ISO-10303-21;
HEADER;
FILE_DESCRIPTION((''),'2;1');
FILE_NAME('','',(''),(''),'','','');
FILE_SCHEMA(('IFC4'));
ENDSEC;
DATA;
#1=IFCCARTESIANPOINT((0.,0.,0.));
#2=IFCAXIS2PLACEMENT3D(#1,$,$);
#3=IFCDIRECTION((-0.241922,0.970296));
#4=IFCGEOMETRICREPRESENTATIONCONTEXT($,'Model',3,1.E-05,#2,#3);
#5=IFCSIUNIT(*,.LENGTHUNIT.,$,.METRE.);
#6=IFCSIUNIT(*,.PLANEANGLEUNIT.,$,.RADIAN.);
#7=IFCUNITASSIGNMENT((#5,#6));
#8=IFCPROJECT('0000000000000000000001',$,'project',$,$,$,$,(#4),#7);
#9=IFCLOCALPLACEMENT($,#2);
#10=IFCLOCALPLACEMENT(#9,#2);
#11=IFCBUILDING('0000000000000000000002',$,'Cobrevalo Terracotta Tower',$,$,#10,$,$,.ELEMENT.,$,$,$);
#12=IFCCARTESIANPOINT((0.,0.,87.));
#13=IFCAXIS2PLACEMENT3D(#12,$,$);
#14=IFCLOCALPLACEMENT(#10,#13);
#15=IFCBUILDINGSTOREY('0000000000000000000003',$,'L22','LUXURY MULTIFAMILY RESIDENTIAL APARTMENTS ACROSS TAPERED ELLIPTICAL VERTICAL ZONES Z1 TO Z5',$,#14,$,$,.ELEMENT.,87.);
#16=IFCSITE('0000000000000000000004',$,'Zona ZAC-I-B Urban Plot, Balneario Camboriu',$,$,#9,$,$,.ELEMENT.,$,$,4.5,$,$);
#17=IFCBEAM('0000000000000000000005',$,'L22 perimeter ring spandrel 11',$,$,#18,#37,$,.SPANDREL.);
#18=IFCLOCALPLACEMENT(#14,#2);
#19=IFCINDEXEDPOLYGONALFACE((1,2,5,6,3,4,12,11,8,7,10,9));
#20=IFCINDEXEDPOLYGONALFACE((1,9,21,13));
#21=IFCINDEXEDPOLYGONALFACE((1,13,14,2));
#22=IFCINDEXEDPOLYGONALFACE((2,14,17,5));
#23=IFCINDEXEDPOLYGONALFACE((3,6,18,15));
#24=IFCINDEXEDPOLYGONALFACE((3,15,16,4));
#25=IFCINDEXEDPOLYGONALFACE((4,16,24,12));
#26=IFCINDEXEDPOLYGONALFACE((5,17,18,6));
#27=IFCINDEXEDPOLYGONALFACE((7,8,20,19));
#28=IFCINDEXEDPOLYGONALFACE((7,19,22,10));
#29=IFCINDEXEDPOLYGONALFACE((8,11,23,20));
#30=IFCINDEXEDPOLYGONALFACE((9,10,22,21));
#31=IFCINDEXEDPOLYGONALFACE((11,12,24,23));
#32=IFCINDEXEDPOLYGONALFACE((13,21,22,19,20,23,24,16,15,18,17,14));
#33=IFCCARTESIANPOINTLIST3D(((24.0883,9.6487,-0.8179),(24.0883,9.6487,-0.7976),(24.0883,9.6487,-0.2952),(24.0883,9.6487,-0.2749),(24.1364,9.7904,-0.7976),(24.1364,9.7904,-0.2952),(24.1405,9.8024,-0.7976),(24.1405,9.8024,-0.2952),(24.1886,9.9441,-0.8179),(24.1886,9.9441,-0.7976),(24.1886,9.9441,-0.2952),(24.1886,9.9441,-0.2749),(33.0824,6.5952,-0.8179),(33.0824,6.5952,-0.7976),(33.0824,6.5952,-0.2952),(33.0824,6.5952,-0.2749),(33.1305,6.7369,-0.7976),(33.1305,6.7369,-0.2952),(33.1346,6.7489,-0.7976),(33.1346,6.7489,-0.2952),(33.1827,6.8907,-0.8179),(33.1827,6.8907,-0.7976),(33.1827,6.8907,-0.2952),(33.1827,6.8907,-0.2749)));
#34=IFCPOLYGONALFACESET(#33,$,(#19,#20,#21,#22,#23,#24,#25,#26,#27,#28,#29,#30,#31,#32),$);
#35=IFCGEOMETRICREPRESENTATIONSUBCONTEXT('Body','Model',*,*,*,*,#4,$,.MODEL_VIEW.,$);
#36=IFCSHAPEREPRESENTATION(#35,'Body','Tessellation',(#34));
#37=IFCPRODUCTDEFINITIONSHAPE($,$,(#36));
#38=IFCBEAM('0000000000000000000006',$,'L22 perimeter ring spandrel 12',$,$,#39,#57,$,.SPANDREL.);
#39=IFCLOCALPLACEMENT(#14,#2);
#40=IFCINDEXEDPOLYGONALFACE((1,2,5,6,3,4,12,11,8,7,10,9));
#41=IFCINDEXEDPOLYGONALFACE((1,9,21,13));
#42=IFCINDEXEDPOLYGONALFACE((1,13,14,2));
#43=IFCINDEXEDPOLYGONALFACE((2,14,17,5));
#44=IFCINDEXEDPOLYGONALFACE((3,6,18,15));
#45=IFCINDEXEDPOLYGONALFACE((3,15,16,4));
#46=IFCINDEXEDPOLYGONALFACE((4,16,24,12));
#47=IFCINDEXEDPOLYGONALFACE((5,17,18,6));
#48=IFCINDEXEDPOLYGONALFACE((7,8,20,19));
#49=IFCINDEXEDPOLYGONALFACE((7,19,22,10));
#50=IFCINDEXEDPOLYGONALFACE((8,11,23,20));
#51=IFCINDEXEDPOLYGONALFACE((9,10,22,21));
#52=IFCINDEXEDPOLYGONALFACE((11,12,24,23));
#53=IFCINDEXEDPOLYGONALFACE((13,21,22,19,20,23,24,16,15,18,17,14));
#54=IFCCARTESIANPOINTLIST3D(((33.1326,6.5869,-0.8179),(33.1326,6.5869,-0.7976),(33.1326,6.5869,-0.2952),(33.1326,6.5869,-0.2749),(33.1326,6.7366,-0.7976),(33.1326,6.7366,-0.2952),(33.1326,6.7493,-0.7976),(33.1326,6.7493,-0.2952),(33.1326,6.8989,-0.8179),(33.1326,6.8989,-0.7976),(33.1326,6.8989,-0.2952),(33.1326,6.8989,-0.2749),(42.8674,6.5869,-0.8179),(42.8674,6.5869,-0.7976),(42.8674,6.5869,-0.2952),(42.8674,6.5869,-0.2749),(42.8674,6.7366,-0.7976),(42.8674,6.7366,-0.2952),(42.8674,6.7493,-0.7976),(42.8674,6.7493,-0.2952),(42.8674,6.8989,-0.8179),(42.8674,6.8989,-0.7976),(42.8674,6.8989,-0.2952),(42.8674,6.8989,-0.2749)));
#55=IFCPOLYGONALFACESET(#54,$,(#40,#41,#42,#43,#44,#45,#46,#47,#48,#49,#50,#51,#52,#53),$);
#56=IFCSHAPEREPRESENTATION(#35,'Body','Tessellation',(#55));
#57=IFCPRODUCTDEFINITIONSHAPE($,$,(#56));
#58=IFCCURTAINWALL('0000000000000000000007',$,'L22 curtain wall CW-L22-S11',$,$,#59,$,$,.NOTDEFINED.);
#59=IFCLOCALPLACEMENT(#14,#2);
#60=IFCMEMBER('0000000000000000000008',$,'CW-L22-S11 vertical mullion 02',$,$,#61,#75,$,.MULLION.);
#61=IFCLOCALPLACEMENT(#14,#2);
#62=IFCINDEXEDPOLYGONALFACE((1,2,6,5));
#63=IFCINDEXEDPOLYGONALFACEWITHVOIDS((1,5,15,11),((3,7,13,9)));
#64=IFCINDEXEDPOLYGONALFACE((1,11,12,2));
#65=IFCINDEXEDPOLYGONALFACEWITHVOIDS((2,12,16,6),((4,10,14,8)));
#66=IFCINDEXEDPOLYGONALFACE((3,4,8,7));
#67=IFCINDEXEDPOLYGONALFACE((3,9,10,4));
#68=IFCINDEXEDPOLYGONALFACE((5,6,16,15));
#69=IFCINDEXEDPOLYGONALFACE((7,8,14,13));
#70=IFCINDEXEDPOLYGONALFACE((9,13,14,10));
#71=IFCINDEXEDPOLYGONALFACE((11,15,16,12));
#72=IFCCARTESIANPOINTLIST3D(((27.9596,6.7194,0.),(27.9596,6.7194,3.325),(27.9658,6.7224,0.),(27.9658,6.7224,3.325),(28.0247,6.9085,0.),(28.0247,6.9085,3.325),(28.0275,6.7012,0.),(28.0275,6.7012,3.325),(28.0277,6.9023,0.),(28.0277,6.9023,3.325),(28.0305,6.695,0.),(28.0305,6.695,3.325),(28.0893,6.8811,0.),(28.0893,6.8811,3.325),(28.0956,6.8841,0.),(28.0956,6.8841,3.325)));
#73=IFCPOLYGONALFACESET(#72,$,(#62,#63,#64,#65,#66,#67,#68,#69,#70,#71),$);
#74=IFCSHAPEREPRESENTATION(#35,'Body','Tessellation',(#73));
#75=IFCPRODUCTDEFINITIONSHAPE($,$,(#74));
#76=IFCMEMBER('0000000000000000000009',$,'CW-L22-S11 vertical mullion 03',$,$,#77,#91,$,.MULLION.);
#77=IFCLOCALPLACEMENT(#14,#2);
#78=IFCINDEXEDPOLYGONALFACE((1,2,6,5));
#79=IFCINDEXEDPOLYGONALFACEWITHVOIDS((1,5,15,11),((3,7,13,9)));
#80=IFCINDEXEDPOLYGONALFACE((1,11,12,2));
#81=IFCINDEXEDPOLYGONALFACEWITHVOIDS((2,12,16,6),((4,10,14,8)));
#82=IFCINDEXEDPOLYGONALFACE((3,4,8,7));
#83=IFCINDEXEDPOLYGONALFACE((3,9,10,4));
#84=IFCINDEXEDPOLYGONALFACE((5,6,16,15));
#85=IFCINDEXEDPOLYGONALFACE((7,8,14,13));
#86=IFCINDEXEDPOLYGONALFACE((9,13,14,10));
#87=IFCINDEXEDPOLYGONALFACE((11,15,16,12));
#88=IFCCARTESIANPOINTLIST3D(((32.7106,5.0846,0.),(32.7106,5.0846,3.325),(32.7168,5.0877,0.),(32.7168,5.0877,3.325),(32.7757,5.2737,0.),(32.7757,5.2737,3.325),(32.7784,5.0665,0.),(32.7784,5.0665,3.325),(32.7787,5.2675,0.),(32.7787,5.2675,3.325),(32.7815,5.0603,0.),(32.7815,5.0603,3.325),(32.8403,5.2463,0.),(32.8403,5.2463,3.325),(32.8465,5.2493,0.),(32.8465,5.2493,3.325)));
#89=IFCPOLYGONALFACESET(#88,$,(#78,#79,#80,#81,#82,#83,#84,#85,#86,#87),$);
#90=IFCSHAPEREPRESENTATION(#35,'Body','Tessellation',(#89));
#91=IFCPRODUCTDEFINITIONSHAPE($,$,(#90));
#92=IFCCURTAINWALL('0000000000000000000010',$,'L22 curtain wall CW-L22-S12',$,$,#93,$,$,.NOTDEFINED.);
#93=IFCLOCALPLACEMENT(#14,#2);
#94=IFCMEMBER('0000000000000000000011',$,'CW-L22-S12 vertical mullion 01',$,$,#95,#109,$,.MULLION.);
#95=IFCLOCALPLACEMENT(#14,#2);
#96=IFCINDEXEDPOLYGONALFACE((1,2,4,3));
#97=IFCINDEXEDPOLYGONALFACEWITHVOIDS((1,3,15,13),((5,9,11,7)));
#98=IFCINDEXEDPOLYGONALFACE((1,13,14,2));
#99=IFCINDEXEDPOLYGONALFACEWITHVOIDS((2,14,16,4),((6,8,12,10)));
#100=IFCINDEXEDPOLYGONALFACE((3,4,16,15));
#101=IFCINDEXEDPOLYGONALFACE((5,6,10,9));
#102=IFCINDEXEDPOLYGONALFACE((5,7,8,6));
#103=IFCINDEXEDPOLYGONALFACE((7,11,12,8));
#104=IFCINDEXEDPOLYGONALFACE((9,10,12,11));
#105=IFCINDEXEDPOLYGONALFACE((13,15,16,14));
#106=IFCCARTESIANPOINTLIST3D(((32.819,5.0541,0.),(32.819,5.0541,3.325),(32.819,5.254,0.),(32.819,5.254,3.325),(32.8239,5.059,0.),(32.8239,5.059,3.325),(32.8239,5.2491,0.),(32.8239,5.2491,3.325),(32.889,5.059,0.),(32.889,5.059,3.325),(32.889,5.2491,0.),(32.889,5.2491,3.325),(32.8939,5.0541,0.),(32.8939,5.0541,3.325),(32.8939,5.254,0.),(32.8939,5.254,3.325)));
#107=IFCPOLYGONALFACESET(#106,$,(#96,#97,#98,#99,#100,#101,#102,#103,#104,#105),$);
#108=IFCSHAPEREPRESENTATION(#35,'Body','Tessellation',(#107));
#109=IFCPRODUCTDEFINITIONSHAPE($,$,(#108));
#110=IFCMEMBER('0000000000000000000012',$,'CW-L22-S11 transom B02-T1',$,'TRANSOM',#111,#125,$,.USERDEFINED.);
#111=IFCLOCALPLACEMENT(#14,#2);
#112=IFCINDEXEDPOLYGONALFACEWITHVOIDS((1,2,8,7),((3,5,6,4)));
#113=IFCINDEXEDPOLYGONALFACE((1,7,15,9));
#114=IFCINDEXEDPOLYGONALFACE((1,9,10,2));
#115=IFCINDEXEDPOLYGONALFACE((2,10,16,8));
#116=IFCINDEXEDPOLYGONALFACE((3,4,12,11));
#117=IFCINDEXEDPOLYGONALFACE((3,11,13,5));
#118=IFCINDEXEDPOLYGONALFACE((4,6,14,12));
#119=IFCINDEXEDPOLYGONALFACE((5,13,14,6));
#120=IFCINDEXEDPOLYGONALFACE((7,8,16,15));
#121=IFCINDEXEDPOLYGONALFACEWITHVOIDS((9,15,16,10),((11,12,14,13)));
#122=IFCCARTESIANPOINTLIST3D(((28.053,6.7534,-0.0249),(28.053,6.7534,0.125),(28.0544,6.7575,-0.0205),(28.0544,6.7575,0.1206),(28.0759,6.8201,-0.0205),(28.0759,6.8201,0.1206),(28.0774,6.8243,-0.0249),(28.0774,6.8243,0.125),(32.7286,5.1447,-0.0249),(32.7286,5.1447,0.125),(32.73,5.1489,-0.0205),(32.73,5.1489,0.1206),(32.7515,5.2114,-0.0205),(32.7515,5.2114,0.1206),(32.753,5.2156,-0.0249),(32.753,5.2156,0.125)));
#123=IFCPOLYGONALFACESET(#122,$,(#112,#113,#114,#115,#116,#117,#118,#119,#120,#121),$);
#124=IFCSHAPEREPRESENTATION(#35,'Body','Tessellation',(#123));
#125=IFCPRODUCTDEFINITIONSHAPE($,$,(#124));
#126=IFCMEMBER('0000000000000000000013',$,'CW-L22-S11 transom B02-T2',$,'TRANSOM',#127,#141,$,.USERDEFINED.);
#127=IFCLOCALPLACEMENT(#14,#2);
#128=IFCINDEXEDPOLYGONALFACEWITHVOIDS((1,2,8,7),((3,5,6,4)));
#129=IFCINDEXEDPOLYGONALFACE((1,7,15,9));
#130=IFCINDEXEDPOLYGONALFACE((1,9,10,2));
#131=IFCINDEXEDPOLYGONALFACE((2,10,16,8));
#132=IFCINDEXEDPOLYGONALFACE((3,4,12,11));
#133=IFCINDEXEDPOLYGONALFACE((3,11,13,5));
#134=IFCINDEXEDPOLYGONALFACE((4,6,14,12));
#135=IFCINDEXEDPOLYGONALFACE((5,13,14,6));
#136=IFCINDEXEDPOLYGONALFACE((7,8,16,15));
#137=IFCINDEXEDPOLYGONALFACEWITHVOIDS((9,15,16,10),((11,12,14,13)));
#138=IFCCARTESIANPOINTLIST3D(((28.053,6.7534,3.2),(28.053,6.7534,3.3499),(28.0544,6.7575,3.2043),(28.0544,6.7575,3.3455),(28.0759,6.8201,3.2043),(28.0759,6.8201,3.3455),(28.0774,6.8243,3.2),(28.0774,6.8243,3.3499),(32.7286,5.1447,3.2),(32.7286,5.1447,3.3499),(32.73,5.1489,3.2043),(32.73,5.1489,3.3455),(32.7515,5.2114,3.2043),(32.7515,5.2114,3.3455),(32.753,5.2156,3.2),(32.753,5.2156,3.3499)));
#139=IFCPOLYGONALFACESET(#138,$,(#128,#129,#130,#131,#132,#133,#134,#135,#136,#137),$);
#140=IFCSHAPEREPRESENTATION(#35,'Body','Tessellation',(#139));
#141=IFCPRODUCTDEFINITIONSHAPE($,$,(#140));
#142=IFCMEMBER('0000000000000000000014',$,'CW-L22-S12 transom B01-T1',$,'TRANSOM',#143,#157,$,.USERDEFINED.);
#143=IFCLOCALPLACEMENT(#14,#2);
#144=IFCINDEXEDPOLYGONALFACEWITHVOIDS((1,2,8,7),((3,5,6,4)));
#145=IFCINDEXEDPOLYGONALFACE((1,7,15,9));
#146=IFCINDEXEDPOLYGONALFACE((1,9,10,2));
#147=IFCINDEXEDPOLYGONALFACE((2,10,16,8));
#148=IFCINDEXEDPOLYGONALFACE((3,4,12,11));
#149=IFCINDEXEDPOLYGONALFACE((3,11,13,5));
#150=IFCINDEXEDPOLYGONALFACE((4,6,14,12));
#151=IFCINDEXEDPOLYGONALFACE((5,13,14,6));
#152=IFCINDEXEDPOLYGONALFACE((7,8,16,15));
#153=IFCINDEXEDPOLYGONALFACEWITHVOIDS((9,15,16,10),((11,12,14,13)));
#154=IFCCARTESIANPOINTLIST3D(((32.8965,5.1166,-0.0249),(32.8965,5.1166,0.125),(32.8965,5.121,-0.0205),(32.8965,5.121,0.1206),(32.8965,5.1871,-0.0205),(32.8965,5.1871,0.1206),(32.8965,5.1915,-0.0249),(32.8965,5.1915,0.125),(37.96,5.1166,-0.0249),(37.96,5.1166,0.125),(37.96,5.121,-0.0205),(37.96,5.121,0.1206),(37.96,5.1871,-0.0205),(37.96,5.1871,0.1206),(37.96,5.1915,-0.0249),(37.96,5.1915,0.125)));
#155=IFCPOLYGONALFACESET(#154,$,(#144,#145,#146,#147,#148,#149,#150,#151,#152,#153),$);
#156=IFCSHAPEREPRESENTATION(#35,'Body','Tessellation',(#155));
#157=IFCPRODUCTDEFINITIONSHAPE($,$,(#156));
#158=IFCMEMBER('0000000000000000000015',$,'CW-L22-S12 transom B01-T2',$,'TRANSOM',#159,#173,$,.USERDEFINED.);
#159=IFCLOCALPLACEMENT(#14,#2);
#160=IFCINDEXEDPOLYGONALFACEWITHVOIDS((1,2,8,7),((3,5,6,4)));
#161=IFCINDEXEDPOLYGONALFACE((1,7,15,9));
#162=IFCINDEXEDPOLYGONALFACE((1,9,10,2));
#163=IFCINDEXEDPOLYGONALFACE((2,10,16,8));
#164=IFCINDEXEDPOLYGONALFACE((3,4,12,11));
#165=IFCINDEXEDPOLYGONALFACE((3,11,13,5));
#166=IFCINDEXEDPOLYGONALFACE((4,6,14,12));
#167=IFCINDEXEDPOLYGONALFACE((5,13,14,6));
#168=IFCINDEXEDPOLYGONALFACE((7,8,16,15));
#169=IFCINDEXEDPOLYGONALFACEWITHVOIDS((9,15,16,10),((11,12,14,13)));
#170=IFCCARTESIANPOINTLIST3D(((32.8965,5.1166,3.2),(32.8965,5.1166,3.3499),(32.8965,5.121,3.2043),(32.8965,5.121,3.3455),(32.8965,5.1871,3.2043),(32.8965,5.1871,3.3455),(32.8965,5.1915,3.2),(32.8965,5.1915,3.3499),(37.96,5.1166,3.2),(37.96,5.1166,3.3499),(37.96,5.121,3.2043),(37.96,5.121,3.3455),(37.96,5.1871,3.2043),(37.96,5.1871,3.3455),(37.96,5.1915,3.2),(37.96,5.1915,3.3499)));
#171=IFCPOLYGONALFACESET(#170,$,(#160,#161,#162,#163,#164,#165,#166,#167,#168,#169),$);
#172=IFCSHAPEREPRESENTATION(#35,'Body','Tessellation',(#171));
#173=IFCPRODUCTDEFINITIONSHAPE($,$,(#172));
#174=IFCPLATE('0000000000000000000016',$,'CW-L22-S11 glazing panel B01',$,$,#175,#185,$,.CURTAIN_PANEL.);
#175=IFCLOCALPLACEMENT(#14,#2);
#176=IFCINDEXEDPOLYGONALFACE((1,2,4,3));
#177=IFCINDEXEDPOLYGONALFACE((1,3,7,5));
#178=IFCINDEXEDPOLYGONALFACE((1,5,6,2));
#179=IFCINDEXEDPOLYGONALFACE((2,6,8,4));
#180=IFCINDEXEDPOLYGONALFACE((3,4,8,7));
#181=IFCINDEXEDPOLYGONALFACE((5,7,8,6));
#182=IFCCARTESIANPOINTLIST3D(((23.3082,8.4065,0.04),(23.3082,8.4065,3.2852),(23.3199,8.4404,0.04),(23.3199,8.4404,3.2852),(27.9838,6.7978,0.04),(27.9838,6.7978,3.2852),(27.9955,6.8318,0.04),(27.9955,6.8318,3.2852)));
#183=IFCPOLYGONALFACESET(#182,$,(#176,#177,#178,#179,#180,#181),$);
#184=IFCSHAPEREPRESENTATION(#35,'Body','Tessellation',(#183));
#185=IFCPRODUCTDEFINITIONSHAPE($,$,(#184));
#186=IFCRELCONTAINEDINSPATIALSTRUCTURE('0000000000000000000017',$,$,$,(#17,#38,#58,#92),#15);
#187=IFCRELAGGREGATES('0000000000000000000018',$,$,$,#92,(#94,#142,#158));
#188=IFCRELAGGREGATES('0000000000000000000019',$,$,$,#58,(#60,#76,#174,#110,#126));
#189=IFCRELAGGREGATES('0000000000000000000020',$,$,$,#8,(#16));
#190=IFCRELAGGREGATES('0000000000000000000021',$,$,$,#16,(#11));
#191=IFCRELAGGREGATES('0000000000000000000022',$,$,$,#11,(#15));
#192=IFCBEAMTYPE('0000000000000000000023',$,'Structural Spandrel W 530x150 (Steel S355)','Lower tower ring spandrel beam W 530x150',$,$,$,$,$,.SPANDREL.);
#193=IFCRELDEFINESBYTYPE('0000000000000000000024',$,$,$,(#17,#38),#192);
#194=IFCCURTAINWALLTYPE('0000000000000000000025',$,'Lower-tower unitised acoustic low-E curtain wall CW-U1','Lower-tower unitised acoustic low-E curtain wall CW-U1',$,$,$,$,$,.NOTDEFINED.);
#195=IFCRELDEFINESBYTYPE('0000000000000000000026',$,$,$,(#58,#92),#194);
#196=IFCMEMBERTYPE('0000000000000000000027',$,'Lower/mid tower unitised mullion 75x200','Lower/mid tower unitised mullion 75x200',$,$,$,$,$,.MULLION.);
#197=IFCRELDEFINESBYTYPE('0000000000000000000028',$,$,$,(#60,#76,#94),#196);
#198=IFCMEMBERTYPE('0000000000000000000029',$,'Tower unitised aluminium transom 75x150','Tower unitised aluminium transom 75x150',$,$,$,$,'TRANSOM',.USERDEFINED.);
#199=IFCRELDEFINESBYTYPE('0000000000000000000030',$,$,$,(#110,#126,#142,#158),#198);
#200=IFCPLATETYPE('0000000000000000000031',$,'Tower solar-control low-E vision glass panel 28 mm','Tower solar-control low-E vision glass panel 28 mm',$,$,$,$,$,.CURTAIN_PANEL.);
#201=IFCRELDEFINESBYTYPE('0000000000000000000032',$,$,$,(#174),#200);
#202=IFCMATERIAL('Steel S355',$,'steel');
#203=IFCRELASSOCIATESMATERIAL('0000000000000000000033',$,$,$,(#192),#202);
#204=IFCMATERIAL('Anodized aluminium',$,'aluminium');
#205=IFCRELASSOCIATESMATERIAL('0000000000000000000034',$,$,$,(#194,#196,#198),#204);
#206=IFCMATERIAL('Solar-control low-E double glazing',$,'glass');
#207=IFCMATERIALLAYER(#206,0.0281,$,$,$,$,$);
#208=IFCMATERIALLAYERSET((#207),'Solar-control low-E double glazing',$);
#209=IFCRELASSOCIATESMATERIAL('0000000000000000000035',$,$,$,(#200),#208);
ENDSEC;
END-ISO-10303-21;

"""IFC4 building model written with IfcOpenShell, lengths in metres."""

from ifc_helpers import new_model, si_unit, direction, frame, origin, origin_2d, place, context, subcontext, project, spatial, rectangle, hollow_rectangle, i_section, extrude, source, transform, mapped, material, layer, layer_set, material_profile, profile_set, type_object, element, aggregate, save


model = new_model("IFC4")

# Units and contexts
model_context = context("Model", 3, precision=1e-05, world=origin(), true_north=direction((-0.241922, 0.970296)))
body_context = subcontext(model_context, "Body", "Model", "MODEL_VIEW")
ifc_project = project(units=[si_unit("LENGTHUNIT", "METRE"), si_unit("PLANEANGLEUNIT", "RADIAN")], contexts=[model_context])

# Site, building, storey
site_placement = place(None, origin())
site = spatial("IfcSite", under=ifc_project, at=site_placement, Name="Zona ZAC-I-B Urban Plot, Balneario Camboriu", CompositionType="ELEMENT", RefElevation=4.5)
building_placement = place(site_placement, origin())
building = spatial("IfcBuilding", under=site, at=building_placement, Name="Cobrevalo Terracotta Tower", CompositionType="ELEMENT")
storey_placement = place(building_placement, frame((0.0, 0.0, 87.0)))
storey = spatial("IfcBuildingStorey", under=building, at=storey_placement, Name="L22", Description="LUXURY MULTIFAMILY RESIDENTIAL APARTMENTS ACROSS TAPERED ELLIPTICAL VERTICAL ZONES Z1 TO Z5", CompositionType="ELEMENT", Elevation=87.0)

# Shared definitions
ifc_material_1 = material(Name="Steel S355", Category="steel")

# Beams
ifc_material_profile_1 = material_profile(ifc_material_1, i_section(OverallWidth=0.312, OverallDepth=0.543, WebThickness=0.0127, FlangeThickness=0.0203, at=origin_2d()), Name="W 530x150")
ifc_profile_set_1 = profile_set([ifc_material_profile_1], Name="Steel S355")
beam_type_1 = type_object("IfcBeamType", Name="Structural Spandrel W 530x150 (Steel S355)", Description="Lower tower ring spandrel beam W 530x150", PredefinedType="SPANDREL", material=ifc_profile_set_1)
beam_1_placement = place(storey_placement, frame((24.1384, 9.7964, -0.5464), z_axis=(0.946918, -0.321474, 0.0), x_axis=(0.321474, 0.946918, 0.0)))
element("IfcBeam", 1, at=beam_1_placement, inside=storey, type_object=beam_type_1, Name="L22 perimeter ring spandrel 11", PredefinedType="SPANDREL", context=body_context, shape_type="SweptSolid", body=[
    extrude(i_section(OverallWidth=0.312, OverallDepth=0.543, WebThickness=0.0127, FlangeThickness=0.0203, at=origin_2d()), origin(), (0.0, 0.0, 1.0), 9.4983),
])
beam_2_placement = place(storey_placement, frame((33.1326, 6.7429, -0.5464), z_axis=(1.0, 0.0, 0.0), x_axis=(0.0, 1.0, 0.0)))
element("IfcBeam", 2, at=beam_2_placement, inside=storey, type_object=beam_type_1, Name="L22 perimeter ring spandrel 12", PredefinedType="SPANDREL", context=body_context, shape_type="SweptSolid", body=[
    extrude(i_section(OverallWidth=0.312, OverallDepth=0.543, WebThickness=0.0127, FlangeThickness=0.0203, at=origin_2d()), origin(), (0.0, 0.0, 1.0), 9.7349),
])

# Curtain wall, members
ifc_material_2 = material(Name="Anodized aluminium", Category="aluminium")
curtain_wall_type = type_object("IfcCurtainWallType", Name="Lower-tower unitised acoustic low-E curtain wall CW-U1", Description="Lower-tower unitised acoustic low-E curtain wall CW-U1", PredefinedType="NOTDEFINED", material=ifc_material_2)
curtain_wall_1_placement = place(storey_placement, origin())
curtain_wall_1 = element("IfcCurtainWall", 3, at=curtain_wall_1_placement, inside=storey, type_object=curtain_wall_type, Name="L22 curtain wall CW-L22-S11", PredefinedType="NOTDEFINED")
ifc_material_profile_2 = material_profile(ifc_material_2, hollow_rectangle(XDim=0.075, YDim=0.2, WallThickness=0.0049, at=origin_2d()), Name="CWM 75x200")
ifc_profile_set_2 = profile_set([ifc_material_profile_2], Name="Anodized aluminium")
member_type_1 = type_object("IfcMemberType", Name="Lower/mid tower unitised mullion 75x200", Description="Lower/mid tower unitised mullion 75x200", PredefinedType="MULLION", material=ifc_profile_set_2)
shared_shape_1 = source(origin(), body_context, "Body", "SweptSolid", [
    extrude(hollow_rectangle(XDim=0.075, YDim=0.2, WallThickness=0.0049, at=origin_2d()), origin(), (0.0, 0.0, 1.0), 3.325),
])
member_1_placement = place(storey_placement, frame((28.0276, 6.8018, 0.0), z_axis=(0.0, 0.0, 1.0), x_axis=(0.945598, -0.325337, 0.0)))
member_1 = element("IfcMember", 4, at=member_1_placement, type_object=member_type_1, Name="CW-L22-S11 vertical mullion 02", PredefinedType="MULLION", context=body_context, shape_type="MappedRepresentation", body=[
    mapped(shared_shape_1, transform((0.0, 0.0, 0.0), scale=1.0)),
])
member_2_placement = place(storey_placement, frame((32.7786, 5.167, 0.0), z_axis=(0.0, 0.0, 1.0), x_axis=(0.945598, -0.325337, 0.0)))
member_2 = element("IfcMember", 5, at=member_2_placement, type_object=member_type_1, Name="CW-L22-S11 vertical mullion 03", PredefinedType="MULLION", context=body_context, shape_type="MappedRepresentation", body=[
    mapped(shared_shape_1, transform((0.0, 0.0, 0.0), scale=1.0)),
])

# Curtain wall, member
curtain_wall_2_placement = place(storey_placement, origin())
curtain_wall_2 = element("IfcCurtainWall", 6, at=curtain_wall_2_placement, inside=storey, type_object=curtain_wall_type, Name="L22 curtain wall CW-L22-S12", PredefinedType="NOTDEFINED")
member_3_placement = place(storey_placement, frame((32.8564, 5.1541, 0.0), z_axis=(0.0, 0.0, 1.0), x_axis=(1.0, 0.0, 0.0)))
member_3 = element("IfcMember", 7, at=member_3_placement, type_object=member_type_1, Name="CW-L22-S12 vertical mullion 01", PredefinedType="MULLION", context=body_context, shape_type="MappedRepresentation", body=[
    mapped(shared_shape_1, transform((0.0, 0.0, 0.0), scale=1.0)),
])

# Members
ifc_material_profile_3 = material_profile(ifc_material_2, hollow_rectangle(XDim=0.075, YDim=0.1499, WallThickness=0.0044, at=origin_2d()), Name="CWT 75x150")
ifc_profile_set_3 = profile_set([ifc_material_profile_3], Name="Anodized aluminium")
member_type_2 = type_object("IfcMemberType", Name="Tower unitised aluminium transom 75x150", Description="Tower unitised aluminium transom 75x150", ElementType="TRANSOM", PredefinedType="USERDEFINED", material=ifc_profile_set_3)
shared_shape_2 = source(origin(), body_context, "Body", "SweptSolid", [
    extrude(hollow_rectangle(XDim=0.075, YDim=0.1499, WallThickness=0.0044, at=origin_2d()), origin(), (0.0, 0.0, 1.0), 4.9446),
])
member_4_placement = place(storey_placement, frame((28.0652, 6.7888, 0.05), z_axis=(0.945598, -0.325338, 0.0), x_axis=(0.325338, 0.945598, 0.0)))
member_4 = element("IfcMember", 8, at=member_4_placement, type_object=member_type_2, Name="CW-L22-S11 transom B02-T1", ObjectType="TRANSOM", PredefinedType="USERDEFINED", context=body_context, shape_type="MappedRepresentation", body=[
    mapped(shared_shape_2, transform((0.0, 0.0, 0.0), scale=1.0)),
])
member_5_placement = place(storey_placement, frame((28.0652, 6.7888, 3.2749), z_axis=(0.945598, -0.325338, 0.0), x_axis=(0.325338, 0.945598, 0.0)))
member_5 = element("IfcMember", 9, at=member_5_placement, type_object=member_type_2, Name="CW-L22-S11 transom B02-T2", ObjectType="TRANSOM", PredefinedType="USERDEFINED", context=body_context, shape_type="MappedRepresentation", body=[
    mapped(shared_shape_2, transform((0.0, 0.0, 0.0), scale=1.0)),
])
shared_shape_3 = source(origin(), body_context, "Body", "SweptSolid", [
    extrude(hollow_rectangle(XDim=0.075, YDim=0.1499, WallThickness=0.0044, at=origin_2d()), origin(), (0.0, 0.0, 1.0), 5.0635),
])
member_6_placement = place(storey_placement, frame((32.8965, 5.1541, 0.05), z_axis=(1.0, 0.0, 0.0), x_axis=(0.0, 1.0, 0.0)))
member_6 = element("IfcMember", 10, at=member_6_placement, type_object=member_type_2, Name="CW-L22-S12 transom B01-T1", ObjectType="TRANSOM", PredefinedType="USERDEFINED", context=body_context, shape_type="MappedRepresentation", body=[
    mapped(shared_shape_3, transform((0.0, 0.0, 0.0), scale=1.0)),
])
member_7_placement = place(storey_placement, frame((32.8965, 5.1541, 3.2749), z_axis=(1.0, 0.0, 0.0), x_axis=(0.0, 1.0, 0.0)))
member_7 = element("IfcMember", 11, at=member_7_placement, type_object=member_type_2, Name="CW-L22-S12 transom B01-T2", ObjectType="TRANSOM", PredefinedType="USERDEFINED", context=body_context, shape_type="MappedRepresentation", body=[
    mapped(shared_shape_3, transform((0.0, 0.0, 0.0), scale=1.0)),
])
aggregate(curtain_wall_2, [member_3, member_6, member_7])

# Plate
ifc_material_3 = material(Name="Solar-control low-E double glazing", Category="glass")
ifc_layer_1 = layer(ifc_material_3, 0.0281)
ifc_layer_set_1 = layer_set([ifc_layer_1], Name="Solar-control low-E double glazing")
plate_type = type_object("IfcPlateType", Name="Tower solar-control low-E vision glass panel 28 mm", Description="Tower solar-control low-E vision glass panel 28 mm", PredefinedType="CURTAIN_PANEL", material=ifc_layer_set_1)
shared_shape_4 = source(origin(), body_context, "Body", "SweptSolid", [
    extrude(rectangle(XDim=4.9446, YDim=0.0359, at=origin_2d()), origin(), (0.0, 0.0, 1.0), 3.2451),
])
plate_1_placement = place(storey_placement, frame((25.6519, 7.6191, 0.04), z_axis=(0.0, 0.0, 1.0), x_axis=(0.945596, -0.325342, 0.0)))
plate_1 = element("IfcPlate", 12, at=plate_1_placement, type_object=plate_type, Name="CW-L22-S11 glazing panel B01", PredefinedType="CURTAIN_PANEL", context=body_context, shape_type="MappedRepresentation", body=[
    mapped(shared_shape_4, transform((0.0, 0.0, 0.0), scale=1.0)),
])
aggregate(curtain_wall_1, [member_1, member_2, plate_1, member_4, member_5])

save(model, "model.ifc")
